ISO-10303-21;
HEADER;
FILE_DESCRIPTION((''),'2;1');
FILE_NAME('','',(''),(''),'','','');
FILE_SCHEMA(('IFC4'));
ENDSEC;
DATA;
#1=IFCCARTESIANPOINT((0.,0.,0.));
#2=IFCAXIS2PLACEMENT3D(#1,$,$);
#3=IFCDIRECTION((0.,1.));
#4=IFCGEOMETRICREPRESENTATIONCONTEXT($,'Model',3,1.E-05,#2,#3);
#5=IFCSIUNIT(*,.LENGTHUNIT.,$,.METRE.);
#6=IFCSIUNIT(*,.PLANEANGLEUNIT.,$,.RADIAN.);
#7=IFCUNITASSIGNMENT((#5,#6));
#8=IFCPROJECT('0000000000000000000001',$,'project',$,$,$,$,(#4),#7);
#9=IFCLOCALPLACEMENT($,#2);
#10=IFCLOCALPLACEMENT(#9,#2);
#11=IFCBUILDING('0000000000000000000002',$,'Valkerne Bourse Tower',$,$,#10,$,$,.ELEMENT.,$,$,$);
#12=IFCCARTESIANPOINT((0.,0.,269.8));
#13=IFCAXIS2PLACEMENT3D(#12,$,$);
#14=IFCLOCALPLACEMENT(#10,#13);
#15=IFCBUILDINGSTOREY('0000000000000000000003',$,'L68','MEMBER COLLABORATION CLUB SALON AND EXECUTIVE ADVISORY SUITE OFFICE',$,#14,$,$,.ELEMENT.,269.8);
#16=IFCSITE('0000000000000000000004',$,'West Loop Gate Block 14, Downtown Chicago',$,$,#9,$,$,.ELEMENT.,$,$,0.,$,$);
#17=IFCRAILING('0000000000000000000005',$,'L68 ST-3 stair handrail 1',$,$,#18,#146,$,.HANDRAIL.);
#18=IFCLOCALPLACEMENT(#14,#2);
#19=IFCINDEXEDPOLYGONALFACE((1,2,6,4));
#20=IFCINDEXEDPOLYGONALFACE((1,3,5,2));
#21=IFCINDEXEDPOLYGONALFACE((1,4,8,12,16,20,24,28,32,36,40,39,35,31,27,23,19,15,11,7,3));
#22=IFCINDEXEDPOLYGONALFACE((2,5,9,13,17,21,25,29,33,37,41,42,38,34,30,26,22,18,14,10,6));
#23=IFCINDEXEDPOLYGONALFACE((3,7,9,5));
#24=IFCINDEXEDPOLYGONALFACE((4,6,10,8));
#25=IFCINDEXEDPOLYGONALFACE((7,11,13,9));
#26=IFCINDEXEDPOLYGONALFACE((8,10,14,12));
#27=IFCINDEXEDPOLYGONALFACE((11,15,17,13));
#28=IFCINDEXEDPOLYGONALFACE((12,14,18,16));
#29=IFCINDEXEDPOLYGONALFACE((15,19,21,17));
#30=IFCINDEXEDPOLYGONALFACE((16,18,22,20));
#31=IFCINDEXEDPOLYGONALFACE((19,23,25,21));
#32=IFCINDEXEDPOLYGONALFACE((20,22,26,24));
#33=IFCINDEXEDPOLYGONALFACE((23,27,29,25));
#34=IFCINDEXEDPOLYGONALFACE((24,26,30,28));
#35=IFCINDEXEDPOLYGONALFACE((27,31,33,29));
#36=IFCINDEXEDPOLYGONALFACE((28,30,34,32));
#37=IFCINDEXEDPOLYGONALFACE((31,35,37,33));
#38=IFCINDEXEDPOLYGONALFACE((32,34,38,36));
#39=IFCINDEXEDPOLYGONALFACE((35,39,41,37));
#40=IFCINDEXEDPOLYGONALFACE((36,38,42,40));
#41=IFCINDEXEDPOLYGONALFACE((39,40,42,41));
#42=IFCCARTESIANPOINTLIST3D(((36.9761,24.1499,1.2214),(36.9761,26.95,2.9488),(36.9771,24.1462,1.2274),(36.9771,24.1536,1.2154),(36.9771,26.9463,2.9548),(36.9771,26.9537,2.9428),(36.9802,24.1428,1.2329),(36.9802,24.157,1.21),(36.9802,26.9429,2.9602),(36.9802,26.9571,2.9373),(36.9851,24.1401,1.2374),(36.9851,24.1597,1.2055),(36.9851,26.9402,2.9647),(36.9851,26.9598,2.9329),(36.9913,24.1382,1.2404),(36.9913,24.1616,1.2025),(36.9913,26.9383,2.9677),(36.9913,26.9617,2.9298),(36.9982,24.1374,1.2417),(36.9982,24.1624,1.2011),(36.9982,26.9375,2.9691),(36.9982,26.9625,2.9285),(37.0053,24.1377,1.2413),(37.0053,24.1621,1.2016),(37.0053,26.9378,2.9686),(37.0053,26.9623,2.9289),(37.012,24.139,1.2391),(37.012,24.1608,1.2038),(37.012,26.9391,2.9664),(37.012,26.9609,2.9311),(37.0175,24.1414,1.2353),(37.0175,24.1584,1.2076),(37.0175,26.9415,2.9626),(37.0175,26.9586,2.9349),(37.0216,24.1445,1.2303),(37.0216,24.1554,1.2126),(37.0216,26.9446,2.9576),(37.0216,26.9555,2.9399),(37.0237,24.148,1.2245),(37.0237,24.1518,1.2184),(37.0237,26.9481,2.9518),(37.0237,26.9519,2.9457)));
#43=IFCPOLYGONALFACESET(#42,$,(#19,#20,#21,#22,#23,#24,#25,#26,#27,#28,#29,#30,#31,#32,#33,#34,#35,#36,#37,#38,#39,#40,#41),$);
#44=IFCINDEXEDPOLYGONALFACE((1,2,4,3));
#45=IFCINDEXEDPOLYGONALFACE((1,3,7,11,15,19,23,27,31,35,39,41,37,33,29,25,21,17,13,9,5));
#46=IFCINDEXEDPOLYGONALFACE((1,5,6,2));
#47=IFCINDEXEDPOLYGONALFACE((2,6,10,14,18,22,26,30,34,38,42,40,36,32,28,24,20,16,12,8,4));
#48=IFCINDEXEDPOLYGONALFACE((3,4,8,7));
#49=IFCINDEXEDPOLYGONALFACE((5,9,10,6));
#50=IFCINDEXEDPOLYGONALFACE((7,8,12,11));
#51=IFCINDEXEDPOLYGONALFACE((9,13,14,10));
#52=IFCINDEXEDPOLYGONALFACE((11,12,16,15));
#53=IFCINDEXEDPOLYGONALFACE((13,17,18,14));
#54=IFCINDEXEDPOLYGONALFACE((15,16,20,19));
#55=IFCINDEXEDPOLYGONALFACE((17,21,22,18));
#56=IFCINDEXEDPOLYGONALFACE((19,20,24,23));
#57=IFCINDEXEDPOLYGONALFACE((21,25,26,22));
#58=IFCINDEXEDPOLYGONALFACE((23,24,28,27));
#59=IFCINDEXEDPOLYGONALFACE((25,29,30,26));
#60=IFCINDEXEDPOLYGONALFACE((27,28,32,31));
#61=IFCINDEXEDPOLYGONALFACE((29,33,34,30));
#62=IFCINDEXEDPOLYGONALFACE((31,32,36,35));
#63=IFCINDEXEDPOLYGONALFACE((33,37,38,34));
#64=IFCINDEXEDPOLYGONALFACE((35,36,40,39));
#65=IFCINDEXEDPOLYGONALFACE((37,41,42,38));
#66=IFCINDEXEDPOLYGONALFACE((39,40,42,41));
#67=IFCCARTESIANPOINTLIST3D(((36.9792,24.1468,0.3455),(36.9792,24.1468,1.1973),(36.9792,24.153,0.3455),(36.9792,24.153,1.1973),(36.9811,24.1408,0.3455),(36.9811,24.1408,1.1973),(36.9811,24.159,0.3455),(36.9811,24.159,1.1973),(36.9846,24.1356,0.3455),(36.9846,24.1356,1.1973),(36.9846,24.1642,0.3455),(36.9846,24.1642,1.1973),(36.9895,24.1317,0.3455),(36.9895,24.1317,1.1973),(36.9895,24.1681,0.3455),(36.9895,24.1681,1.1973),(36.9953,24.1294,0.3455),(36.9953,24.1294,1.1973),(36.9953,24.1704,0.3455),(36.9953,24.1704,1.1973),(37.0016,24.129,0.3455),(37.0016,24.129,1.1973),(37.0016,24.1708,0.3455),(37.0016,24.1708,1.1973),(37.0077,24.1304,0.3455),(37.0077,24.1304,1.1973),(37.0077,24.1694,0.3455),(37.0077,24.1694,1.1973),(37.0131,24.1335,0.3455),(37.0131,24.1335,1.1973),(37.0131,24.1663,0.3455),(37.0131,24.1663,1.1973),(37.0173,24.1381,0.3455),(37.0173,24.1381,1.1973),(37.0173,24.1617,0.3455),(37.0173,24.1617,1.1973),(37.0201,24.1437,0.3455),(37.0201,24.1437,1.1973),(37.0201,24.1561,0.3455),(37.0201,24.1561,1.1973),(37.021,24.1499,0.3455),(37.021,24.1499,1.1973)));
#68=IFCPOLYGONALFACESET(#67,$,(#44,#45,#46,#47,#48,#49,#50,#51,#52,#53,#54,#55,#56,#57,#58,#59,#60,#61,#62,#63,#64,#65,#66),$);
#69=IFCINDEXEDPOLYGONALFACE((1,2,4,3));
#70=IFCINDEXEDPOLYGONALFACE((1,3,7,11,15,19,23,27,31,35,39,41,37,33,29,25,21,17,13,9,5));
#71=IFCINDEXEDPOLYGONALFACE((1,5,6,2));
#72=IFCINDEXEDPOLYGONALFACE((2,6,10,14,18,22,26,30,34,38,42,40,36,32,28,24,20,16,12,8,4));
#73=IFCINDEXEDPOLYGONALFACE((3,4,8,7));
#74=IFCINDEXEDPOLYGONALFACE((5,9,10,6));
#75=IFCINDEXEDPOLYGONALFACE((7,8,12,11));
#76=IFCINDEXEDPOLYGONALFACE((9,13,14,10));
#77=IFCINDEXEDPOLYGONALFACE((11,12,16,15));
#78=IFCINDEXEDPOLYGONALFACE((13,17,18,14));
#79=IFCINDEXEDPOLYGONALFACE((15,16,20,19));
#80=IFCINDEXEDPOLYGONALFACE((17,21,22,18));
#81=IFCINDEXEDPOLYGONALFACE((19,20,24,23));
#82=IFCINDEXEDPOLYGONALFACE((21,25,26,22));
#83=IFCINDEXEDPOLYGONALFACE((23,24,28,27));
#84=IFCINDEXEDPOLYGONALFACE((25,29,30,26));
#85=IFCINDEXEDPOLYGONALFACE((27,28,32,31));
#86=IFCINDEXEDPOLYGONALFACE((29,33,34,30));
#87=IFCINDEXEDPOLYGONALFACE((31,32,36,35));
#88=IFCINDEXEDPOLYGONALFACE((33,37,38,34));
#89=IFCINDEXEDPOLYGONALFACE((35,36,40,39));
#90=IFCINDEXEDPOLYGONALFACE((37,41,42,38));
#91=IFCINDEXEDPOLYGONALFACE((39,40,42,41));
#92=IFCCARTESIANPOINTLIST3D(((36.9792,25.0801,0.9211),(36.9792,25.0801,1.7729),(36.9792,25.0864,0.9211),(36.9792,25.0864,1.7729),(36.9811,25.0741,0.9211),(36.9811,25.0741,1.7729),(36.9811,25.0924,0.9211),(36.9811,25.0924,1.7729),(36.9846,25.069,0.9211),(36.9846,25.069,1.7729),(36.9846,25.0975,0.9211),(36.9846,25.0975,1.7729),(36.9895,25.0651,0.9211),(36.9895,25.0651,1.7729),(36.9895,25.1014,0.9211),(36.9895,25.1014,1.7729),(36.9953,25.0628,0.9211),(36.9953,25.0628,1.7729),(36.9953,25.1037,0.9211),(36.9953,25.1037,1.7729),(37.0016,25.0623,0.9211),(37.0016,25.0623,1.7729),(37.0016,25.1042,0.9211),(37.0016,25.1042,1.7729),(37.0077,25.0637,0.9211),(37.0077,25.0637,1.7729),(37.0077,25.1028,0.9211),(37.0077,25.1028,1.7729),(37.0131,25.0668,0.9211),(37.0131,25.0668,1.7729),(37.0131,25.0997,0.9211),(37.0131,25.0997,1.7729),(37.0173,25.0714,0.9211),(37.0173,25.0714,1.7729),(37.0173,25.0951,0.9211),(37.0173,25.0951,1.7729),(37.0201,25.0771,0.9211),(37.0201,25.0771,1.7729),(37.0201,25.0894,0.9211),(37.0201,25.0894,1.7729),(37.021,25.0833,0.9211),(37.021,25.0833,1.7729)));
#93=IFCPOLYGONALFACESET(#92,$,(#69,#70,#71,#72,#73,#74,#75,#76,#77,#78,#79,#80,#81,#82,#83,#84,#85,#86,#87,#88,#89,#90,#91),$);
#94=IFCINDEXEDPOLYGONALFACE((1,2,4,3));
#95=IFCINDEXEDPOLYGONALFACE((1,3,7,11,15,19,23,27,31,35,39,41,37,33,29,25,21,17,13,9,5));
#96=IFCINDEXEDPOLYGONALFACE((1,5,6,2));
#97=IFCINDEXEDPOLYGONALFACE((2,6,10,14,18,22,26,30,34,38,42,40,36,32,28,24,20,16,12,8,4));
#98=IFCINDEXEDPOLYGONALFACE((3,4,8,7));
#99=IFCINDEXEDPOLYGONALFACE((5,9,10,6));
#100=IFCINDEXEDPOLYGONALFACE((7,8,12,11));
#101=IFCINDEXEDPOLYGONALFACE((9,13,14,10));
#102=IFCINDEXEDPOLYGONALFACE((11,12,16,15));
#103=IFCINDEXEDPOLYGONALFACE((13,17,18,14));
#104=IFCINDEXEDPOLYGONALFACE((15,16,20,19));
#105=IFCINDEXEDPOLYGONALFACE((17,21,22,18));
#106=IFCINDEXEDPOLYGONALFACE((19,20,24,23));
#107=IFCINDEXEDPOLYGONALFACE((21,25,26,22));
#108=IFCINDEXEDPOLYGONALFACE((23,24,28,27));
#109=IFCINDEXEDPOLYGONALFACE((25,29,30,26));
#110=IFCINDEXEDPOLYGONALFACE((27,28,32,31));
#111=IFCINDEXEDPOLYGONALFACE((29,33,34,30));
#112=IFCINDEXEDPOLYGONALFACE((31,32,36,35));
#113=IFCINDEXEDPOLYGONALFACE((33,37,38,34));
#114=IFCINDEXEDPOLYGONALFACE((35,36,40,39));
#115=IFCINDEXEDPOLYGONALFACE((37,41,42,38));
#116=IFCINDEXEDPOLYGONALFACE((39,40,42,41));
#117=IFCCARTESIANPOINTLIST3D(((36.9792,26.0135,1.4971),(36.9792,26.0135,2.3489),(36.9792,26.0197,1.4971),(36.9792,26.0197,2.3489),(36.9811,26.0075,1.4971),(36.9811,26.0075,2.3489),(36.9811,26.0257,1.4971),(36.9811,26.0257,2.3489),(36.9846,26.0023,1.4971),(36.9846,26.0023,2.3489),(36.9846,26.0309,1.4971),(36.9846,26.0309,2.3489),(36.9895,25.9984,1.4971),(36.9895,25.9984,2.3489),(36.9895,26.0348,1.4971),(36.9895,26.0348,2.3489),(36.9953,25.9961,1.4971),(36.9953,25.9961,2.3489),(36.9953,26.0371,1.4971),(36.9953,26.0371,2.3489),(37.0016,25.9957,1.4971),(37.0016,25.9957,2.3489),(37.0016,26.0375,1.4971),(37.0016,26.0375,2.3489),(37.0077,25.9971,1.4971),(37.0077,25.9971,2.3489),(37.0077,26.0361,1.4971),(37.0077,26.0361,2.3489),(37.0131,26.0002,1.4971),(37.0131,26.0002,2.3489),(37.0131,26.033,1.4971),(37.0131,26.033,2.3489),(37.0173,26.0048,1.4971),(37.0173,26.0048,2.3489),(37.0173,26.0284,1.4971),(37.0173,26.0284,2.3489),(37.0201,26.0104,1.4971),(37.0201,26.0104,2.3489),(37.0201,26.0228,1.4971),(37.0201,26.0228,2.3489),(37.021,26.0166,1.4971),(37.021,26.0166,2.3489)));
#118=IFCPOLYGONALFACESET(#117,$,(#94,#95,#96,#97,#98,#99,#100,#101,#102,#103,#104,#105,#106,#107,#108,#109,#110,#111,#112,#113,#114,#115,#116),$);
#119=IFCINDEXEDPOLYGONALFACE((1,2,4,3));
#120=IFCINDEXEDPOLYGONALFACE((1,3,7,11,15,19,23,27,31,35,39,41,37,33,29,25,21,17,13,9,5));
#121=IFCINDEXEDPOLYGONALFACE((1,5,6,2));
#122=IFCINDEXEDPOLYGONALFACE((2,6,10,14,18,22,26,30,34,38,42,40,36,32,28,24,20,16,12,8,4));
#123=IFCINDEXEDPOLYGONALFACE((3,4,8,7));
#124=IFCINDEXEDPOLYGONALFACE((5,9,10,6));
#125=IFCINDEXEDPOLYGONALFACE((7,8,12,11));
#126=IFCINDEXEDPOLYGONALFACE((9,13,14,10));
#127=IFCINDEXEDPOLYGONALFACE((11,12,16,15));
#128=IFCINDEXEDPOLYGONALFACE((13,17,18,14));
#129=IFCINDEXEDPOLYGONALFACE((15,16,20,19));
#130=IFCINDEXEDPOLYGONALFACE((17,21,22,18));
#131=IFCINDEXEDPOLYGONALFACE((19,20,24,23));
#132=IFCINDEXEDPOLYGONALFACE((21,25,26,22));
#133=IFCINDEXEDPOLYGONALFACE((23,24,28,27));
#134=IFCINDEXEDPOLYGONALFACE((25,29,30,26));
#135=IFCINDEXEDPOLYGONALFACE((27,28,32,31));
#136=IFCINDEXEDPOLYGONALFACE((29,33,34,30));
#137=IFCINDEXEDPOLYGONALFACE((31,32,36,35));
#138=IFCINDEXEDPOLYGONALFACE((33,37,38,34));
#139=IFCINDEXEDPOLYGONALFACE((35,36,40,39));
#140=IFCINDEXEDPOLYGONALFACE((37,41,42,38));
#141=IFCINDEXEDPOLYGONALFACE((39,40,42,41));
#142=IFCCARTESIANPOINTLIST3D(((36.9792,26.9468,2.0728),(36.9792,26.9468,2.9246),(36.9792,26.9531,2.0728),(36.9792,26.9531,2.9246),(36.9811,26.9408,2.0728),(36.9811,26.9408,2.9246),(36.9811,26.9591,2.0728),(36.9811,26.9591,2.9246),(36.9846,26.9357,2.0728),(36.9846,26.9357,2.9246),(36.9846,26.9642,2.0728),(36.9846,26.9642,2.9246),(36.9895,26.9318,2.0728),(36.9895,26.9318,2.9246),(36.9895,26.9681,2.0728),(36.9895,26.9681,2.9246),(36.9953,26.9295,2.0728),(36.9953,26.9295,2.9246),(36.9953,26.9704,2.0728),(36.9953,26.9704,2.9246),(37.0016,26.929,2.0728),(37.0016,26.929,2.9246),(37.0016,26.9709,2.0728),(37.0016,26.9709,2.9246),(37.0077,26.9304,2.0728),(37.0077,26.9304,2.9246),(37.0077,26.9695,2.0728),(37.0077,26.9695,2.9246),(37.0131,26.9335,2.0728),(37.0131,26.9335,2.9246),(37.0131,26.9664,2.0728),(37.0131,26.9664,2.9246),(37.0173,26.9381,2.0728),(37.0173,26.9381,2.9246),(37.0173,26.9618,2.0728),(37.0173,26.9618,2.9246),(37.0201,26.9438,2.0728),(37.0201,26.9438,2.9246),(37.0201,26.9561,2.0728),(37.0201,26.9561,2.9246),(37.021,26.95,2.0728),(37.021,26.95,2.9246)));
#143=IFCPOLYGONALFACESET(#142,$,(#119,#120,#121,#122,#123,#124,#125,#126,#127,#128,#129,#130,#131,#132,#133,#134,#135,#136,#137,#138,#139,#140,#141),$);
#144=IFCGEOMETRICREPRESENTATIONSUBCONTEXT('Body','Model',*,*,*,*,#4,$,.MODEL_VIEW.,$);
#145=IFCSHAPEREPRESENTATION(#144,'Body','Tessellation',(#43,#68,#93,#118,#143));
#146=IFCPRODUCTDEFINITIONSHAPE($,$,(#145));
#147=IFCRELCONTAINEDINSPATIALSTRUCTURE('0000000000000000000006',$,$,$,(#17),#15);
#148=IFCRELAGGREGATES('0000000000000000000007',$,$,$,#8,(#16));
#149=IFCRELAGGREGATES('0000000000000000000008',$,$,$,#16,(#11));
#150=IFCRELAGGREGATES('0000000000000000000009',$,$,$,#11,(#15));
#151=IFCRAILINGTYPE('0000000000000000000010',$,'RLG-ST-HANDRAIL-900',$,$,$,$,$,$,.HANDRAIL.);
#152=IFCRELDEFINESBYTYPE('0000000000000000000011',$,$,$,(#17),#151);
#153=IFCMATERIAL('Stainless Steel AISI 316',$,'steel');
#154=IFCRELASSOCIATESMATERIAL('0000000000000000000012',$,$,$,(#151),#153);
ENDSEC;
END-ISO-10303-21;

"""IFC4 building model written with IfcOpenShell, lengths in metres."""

from ifc_helpers import new_model, si_unit, direction, frame, origin, origin_2d, place, context, subcontext, project, spatial, circle, extrude, material, type_object, element, save


model = new_model("IFC4")

# Units and contexts
model_context = context("Model", 3, precision=1e-05, world=origin(), true_north=direction((0.0, 1.0)))
body_context = subcontext(model_context, "Body", "Model", "MODEL_VIEW")
ifc_project = project(units=[si_unit("LENGTHUNIT", "METRE"), si_unit("PLANEANGLEUNIT", "RADIAN")], contexts=[model_context])

# Site, building, storey
site_placement = place(None, origin())
site = spatial("IfcSite", under=ifc_project, at=site_placement, Name="West Loop Gate Block 14, Downtown Chicago", CompositionType="ELEMENT", RefElevation=0.0)
building_placement = place(site_placement, origin())
building = spatial("IfcBuilding", under=site, at=building_placement, Name="Valkerne Bourse Tower", CompositionType="ELEMENT")
storey_placement = place(building_placement, frame((0.0, 0.0, 269.8)))
storey = spatial("IfcBuildingStorey", under=building, at=storey_placement, Name="L68", Description="MEMBER COLLABORATION CLUB SALON AND EXECUTIVE ADVISORY SUITE OFFICE", CompositionType="ELEMENT", Elevation=269.8)

# Shared definitions
ifc_material_1 = material(Name="Stainless Steel AISI 316", Category="steel")

# Railing
railing_type_1 = type_object("IfcRailingType", Name="RLG-ST-HANDRAIL-900", PredefinedType="HANDRAIL", material=ifc_material_1)
railing_1_placement = place(storey_placement, frame((37.0, 24.1499, 0.3455)))
element("IfcRailing", 1, at=railing_1_placement, inside=storey, type_object=railing_type_1, Name="L68 ST-3 stair handrail 1", PredefinedType="HANDRAIL", context=body_context, shape_type="SweptSolid", body=[
    extrude(circle(Radius=0.0239, at=origin_2d()), frame((0.0, 0.0, 0.876), z_axis=(0.0, 0.85109, 0.52502), x_axis=(-1.0, 0.0, 0.0)), (0.0, 0.0, 1.0), 3.29),
    extrude(circle(Radius=0.021, at=origin_2d()), origin(), (0.0, 0.0, 1.0), 0.8518),
    extrude(circle(Radius=0.021, at=origin_2d()), frame((0.0, 0.9333, 0.5757)), (0.0, 0.0, 1.0), 0.8518),
    extrude(circle(Radius=0.021, at=origin_2d()), frame((0.0, 1.8667, 1.1516)), (0.0, 0.0, 1.0), 0.8518),
    extrude(circle(Radius=0.021, at=origin_2d()), frame((0.0, 2.8, 1.7273)), (0.0, 0.0, 1.0), 0.8518),
])

save(model, "model.ifc")
